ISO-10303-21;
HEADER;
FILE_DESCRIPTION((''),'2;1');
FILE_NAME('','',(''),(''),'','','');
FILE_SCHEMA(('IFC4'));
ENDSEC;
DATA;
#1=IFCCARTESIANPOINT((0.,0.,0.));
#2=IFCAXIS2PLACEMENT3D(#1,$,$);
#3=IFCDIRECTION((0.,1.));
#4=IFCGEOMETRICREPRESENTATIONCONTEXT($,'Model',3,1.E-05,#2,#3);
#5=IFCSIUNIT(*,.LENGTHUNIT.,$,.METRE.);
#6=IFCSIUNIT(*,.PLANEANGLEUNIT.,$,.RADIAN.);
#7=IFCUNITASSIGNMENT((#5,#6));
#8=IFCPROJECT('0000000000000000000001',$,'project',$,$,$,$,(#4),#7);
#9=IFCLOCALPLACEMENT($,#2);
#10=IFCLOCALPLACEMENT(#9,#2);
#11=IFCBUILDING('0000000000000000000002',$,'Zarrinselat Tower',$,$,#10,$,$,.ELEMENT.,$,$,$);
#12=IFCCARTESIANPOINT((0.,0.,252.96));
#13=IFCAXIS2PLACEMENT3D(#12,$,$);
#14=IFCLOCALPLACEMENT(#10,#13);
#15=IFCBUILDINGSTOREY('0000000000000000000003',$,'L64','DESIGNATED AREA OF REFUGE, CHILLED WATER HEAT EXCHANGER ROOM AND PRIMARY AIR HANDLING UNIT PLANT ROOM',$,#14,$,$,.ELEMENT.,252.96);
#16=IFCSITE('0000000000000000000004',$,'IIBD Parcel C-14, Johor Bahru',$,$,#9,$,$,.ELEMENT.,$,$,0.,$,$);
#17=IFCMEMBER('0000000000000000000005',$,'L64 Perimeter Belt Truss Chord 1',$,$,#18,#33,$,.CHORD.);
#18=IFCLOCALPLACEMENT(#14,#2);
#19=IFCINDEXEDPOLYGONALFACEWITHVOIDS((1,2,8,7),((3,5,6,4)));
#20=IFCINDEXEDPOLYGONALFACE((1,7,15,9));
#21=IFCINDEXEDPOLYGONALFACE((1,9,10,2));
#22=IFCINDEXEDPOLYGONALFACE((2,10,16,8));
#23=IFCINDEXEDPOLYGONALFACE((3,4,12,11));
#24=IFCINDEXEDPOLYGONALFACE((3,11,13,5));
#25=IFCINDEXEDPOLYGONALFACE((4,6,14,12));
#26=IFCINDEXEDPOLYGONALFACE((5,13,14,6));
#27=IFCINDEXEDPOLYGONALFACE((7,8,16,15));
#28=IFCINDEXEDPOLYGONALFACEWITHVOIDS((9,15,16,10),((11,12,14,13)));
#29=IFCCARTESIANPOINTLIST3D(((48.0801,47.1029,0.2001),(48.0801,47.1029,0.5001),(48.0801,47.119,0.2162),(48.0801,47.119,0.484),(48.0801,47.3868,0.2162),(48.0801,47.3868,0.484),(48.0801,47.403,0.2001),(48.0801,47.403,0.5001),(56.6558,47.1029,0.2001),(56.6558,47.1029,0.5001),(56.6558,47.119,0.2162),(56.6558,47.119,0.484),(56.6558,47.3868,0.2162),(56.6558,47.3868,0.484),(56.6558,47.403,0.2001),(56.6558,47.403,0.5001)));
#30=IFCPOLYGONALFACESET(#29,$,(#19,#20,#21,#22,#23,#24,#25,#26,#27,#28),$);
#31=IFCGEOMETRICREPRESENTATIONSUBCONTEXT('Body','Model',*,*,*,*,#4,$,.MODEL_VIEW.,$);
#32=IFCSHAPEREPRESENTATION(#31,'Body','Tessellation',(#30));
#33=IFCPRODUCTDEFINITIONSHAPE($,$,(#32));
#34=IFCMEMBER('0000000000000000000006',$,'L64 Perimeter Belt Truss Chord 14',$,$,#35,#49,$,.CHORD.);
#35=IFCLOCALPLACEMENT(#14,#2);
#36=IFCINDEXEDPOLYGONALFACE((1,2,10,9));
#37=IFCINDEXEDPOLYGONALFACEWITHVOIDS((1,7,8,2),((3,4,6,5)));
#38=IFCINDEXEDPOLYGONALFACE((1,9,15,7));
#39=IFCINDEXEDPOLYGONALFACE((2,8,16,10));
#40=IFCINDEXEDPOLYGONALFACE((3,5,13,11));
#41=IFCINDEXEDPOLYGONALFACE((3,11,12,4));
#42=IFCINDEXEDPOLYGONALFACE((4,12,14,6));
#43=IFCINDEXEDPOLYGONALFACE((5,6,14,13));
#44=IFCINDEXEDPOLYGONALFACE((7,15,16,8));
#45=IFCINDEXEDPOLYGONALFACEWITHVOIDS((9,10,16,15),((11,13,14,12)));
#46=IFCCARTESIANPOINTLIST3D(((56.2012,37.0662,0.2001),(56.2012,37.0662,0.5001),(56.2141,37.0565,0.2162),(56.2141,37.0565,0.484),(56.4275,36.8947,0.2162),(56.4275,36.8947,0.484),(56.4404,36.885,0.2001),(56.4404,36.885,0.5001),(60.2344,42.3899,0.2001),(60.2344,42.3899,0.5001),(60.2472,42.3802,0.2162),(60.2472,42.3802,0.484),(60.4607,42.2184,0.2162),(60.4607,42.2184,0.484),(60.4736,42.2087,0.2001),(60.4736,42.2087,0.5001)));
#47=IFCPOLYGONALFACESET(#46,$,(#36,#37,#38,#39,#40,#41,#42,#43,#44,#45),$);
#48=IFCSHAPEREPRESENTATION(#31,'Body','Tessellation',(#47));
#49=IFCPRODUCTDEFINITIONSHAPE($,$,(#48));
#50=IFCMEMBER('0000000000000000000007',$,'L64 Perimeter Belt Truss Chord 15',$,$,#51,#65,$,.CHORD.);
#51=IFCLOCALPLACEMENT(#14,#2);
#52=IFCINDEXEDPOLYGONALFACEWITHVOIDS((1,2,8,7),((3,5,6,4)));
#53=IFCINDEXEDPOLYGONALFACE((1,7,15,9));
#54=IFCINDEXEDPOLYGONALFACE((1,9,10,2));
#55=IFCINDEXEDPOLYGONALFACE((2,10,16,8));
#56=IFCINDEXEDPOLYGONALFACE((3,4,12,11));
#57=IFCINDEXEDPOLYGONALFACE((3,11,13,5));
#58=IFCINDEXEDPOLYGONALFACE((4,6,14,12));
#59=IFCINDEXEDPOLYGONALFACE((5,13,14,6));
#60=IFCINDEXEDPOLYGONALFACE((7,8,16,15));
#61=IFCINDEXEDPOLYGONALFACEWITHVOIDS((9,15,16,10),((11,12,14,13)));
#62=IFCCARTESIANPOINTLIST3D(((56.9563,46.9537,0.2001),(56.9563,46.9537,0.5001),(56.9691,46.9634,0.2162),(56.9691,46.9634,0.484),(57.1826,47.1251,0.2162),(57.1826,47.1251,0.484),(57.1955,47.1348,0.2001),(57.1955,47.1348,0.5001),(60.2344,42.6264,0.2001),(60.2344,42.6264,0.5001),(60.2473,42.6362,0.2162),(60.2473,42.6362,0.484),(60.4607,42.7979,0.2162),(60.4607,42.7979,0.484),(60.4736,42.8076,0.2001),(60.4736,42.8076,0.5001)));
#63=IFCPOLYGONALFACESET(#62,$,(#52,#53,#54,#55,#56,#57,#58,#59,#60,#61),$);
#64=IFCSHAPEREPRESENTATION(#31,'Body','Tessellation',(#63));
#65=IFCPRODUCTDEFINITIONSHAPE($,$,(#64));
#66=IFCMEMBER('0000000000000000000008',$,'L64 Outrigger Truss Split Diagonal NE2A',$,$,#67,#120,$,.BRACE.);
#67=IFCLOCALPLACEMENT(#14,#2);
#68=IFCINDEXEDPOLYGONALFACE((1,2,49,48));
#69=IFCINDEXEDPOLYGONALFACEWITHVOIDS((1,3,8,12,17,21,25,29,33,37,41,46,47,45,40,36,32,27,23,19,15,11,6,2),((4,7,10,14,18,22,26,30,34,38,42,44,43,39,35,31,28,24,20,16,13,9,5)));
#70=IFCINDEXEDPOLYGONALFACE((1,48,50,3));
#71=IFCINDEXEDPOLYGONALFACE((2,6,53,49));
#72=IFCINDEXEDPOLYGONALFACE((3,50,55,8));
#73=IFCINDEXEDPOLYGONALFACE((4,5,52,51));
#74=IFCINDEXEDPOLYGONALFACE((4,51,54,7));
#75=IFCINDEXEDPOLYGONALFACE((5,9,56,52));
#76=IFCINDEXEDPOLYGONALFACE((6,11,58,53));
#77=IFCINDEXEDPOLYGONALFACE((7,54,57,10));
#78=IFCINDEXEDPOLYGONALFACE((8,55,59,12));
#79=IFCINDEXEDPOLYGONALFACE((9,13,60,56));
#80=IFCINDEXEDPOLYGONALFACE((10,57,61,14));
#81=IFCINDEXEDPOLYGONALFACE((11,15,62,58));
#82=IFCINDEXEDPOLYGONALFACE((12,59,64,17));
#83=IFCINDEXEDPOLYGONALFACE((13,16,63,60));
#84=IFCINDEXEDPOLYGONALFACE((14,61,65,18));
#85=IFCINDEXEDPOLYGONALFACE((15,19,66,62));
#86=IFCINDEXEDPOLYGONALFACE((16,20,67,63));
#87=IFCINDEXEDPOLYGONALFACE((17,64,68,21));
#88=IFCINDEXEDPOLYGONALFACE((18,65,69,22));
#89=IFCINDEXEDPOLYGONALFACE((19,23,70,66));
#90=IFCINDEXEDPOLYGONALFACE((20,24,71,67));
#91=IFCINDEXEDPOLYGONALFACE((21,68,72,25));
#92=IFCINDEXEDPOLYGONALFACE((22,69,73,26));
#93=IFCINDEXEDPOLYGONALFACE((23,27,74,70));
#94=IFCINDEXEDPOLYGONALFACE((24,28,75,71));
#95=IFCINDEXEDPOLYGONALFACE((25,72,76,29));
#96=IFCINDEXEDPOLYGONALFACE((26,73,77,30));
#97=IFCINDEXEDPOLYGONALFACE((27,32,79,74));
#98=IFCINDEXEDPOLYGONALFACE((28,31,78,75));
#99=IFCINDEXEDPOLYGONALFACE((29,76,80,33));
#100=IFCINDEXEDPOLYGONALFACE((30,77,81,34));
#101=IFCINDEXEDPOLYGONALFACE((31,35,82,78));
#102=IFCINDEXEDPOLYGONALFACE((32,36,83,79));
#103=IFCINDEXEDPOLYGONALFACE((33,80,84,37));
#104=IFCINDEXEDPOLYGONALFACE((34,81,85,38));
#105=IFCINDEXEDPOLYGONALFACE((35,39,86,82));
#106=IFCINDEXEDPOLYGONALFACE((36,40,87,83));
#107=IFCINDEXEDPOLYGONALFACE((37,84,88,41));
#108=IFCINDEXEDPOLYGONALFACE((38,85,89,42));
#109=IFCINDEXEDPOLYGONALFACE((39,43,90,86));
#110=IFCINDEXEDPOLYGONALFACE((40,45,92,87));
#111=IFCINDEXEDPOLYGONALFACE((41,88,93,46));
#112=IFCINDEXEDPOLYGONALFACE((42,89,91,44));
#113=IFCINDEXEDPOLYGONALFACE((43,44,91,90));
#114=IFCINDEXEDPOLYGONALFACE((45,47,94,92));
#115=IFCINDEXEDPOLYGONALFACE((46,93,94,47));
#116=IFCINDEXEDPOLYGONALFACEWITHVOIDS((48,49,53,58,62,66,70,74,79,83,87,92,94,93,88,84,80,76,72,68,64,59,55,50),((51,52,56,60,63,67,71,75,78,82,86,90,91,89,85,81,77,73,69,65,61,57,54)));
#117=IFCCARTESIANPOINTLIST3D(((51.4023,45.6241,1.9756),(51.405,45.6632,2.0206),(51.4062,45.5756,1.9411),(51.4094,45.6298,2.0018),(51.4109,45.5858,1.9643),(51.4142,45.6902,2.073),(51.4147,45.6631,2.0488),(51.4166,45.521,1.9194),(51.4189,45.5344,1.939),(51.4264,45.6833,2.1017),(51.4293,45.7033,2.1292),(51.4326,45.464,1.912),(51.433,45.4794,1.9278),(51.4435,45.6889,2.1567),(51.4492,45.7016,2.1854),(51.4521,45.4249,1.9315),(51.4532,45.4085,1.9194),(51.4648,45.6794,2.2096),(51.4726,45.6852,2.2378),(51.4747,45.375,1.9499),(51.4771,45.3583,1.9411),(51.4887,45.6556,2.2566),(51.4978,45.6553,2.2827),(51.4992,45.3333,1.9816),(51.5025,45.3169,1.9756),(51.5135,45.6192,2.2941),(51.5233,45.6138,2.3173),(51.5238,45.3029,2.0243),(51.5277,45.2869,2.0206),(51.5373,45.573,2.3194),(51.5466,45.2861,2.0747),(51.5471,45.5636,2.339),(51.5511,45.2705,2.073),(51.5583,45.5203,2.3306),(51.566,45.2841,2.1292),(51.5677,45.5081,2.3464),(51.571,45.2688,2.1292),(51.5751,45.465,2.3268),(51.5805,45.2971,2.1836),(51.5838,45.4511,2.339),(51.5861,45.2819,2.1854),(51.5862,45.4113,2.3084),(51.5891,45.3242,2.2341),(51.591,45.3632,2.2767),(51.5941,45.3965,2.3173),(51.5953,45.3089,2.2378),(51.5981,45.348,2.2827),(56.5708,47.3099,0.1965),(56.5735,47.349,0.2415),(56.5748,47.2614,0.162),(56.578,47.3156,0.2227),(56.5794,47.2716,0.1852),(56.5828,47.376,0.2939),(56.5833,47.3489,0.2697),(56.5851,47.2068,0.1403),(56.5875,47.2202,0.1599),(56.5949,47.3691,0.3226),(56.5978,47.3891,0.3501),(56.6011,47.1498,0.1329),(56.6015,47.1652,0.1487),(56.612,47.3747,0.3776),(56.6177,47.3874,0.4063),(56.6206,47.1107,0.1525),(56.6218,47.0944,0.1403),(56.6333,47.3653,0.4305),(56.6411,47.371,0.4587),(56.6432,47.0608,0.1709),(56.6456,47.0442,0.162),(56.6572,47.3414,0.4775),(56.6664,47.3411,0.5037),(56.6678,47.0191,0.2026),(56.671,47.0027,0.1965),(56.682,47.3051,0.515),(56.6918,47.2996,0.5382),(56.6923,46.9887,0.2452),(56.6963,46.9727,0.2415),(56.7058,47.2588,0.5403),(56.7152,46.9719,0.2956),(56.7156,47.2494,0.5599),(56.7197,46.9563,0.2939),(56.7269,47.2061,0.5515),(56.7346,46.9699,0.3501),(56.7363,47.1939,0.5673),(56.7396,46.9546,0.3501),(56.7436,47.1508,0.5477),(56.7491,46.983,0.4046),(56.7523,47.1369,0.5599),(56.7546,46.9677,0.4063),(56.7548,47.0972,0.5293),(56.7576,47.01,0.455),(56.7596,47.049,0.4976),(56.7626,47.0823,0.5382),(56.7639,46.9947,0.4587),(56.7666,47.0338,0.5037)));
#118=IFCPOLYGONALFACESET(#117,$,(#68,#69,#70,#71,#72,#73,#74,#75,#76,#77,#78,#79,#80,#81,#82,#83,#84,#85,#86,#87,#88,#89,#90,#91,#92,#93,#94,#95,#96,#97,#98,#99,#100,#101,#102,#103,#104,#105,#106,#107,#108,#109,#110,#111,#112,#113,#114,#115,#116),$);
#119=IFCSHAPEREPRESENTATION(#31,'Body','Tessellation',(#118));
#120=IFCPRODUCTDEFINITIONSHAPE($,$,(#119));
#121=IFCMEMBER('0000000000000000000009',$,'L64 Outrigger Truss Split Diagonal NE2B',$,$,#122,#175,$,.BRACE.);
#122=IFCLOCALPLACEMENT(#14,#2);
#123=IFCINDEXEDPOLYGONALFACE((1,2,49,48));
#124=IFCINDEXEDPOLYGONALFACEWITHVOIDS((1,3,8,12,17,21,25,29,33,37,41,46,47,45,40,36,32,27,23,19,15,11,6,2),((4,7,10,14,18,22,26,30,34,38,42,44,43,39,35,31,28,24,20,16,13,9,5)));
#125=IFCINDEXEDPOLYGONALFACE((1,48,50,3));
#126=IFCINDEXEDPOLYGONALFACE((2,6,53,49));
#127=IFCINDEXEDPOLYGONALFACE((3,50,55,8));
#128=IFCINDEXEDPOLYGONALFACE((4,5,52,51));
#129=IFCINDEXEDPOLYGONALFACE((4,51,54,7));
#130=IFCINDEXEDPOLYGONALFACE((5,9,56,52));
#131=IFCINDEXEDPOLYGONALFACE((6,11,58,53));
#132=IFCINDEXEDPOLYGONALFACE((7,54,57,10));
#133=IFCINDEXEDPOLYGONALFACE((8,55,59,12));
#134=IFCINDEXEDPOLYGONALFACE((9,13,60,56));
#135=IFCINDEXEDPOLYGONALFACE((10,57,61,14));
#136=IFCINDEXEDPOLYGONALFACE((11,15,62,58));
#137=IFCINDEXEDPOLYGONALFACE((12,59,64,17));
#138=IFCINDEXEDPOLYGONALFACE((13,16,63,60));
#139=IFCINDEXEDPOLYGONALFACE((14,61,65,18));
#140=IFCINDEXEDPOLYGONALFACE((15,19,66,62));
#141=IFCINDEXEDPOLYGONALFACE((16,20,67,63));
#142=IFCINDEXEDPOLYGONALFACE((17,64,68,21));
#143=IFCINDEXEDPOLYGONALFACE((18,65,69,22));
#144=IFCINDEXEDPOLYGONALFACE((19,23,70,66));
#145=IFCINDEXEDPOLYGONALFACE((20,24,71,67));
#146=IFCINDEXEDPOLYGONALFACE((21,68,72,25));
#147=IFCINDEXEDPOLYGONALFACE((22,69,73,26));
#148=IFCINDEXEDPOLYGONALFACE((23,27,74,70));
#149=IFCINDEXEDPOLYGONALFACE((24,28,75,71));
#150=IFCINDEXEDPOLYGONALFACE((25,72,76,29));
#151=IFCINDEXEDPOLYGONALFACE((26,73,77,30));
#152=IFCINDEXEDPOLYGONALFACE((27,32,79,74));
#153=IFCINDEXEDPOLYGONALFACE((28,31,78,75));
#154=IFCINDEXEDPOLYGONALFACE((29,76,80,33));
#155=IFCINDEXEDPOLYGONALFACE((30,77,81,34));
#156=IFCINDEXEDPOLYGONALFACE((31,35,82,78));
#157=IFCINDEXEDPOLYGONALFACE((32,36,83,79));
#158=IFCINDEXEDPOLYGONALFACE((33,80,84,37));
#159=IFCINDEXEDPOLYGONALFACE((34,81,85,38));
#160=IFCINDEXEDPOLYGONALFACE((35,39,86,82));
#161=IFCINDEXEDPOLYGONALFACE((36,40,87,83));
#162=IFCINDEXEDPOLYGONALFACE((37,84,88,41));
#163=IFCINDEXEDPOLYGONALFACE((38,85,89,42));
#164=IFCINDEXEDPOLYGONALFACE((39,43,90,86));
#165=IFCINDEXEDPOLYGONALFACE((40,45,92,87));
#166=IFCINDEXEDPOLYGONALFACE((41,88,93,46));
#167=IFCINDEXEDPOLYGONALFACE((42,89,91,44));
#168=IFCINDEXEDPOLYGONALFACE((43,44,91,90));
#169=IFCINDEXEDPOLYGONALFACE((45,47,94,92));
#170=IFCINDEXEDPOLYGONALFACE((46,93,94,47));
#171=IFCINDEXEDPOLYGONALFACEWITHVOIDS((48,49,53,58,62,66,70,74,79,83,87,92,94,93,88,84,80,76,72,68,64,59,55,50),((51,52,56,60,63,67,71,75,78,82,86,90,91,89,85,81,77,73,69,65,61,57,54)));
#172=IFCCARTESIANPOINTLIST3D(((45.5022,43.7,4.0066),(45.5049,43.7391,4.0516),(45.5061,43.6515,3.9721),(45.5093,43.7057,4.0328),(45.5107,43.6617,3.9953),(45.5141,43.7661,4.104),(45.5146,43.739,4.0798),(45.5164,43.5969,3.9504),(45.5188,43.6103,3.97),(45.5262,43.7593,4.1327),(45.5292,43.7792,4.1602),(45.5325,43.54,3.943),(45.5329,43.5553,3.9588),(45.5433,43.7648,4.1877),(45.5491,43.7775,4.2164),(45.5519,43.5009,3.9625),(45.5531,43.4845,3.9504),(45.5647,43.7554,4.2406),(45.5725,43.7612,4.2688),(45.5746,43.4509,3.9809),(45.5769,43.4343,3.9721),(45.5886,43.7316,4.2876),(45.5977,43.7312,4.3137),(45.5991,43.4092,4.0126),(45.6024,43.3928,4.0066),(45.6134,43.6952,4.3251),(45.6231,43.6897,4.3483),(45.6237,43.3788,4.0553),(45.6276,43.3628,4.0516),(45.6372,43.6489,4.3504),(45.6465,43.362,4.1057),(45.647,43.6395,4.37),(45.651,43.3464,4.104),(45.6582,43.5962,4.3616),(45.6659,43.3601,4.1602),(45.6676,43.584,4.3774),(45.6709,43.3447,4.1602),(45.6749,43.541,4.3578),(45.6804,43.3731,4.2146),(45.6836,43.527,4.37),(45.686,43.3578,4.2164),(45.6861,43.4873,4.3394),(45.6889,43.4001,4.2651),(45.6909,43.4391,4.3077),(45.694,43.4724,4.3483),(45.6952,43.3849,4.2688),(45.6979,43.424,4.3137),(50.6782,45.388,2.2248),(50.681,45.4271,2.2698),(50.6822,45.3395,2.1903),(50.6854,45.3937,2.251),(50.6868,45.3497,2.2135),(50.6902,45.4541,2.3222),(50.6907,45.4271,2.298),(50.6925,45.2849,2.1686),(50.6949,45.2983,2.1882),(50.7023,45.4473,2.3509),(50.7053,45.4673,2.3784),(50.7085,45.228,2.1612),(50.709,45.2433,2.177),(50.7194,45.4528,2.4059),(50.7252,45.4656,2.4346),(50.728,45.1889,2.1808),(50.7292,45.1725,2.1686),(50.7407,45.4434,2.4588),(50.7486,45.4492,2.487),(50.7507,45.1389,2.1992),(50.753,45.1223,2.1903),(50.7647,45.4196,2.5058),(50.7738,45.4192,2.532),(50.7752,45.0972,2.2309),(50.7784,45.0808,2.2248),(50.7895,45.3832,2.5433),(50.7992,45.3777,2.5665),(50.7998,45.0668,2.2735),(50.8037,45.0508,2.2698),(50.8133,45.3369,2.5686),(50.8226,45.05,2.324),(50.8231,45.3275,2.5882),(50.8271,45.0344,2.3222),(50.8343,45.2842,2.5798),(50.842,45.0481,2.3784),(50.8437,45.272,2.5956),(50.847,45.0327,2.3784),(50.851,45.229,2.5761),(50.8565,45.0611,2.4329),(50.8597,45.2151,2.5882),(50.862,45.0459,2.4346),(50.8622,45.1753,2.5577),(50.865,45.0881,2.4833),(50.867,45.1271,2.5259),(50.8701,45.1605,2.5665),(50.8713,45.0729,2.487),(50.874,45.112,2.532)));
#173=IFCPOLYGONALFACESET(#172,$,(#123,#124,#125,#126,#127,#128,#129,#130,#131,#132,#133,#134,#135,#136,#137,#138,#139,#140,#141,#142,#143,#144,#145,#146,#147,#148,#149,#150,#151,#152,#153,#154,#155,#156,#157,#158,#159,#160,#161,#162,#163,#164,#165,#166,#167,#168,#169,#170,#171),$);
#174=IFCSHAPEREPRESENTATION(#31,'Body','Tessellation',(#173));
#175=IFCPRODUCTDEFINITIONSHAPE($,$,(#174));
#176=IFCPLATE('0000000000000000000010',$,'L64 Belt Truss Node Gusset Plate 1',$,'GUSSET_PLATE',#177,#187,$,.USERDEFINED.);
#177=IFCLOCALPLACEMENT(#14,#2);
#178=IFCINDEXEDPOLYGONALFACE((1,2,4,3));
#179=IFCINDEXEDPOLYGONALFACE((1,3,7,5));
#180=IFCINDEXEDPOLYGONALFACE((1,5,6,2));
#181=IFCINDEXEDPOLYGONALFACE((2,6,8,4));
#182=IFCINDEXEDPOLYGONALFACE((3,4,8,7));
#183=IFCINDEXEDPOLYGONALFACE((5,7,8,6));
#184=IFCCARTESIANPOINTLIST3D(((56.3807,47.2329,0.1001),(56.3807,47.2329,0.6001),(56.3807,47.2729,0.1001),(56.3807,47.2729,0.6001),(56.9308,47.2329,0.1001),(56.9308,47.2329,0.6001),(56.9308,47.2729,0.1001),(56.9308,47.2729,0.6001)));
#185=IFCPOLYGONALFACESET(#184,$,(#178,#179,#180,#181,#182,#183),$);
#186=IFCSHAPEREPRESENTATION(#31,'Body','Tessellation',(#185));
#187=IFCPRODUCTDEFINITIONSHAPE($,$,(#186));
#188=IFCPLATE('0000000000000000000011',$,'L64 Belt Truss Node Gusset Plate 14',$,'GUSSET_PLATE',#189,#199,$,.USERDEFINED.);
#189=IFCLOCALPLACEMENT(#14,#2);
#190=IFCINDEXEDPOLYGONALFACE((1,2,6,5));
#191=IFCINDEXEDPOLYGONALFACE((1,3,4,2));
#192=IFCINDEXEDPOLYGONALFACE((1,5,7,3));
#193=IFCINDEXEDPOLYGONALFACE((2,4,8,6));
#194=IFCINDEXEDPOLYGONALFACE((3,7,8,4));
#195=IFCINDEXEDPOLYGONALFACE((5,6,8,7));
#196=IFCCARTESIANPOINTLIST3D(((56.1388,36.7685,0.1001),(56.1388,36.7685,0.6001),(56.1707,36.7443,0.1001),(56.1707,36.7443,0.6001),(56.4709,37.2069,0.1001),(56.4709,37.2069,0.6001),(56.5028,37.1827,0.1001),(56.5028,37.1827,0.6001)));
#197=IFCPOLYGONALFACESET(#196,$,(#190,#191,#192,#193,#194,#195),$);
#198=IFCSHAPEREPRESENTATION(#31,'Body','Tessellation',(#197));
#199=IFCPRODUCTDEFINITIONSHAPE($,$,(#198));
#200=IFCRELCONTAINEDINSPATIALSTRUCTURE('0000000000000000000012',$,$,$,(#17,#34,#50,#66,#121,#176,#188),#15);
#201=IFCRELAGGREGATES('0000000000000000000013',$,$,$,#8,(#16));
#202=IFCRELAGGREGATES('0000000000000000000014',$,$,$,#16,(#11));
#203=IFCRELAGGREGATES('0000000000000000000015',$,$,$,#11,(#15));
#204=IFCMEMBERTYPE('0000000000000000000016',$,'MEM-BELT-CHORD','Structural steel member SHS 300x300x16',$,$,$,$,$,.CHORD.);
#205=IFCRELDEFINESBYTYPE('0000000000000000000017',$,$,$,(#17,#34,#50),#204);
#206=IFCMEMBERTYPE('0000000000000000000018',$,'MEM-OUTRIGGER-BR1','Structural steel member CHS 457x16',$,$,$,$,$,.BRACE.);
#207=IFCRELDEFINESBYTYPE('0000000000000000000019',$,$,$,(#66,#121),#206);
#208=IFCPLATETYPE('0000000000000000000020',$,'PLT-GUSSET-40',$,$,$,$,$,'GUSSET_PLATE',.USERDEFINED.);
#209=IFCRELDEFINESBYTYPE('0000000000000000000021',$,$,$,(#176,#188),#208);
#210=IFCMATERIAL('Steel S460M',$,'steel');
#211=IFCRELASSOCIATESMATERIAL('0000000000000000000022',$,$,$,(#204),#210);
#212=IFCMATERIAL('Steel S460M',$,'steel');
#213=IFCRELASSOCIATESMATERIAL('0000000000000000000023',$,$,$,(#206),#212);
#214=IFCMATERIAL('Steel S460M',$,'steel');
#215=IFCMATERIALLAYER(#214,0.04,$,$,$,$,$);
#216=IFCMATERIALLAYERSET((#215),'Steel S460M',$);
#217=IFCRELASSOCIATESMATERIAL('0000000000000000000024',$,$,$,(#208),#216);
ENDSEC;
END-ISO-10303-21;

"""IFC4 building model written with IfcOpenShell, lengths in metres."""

from ifc_helpers import new_model, si_unit, direction, frame, origin, origin_2d, place, context, subcontext, project, spatial, rectangle, hollow_rectangle, hollow_circle, extrude, material, layer, layer_set, material_profile, profile_set, type_object, element, save


model = new_model("IFC4")

# Units and contexts
model_context = context("Model", 3, precision=1e-05, world=origin(), true_north=direction((0.0, 1.0)))
body_context = subcontext(model_context, "Body", "Model", "MODEL_VIEW")
ifc_project = project(units=[si_unit("LENGTHUNIT", "METRE"), si_unit("PLANEANGLEUNIT", "RADIAN")], contexts=[model_context])

# Site, building, storey
site_placement = place(None, origin())
site = spatial("IfcSite", under=ifc_project, at=site_placement, Name="IIBD Parcel C-14, Johor Bahru", CompositionType="ELEMENT", RefElevation=0.0)
building_placement = place(site_placement, origin())
building = spatial("IfcBuilding", under=site, at=building_placement, Name="Zarrinselat Tower", CompositionType="ELEMENT")
storey_placement = place(building_placement, frame((0.0, 0.0, 252.96)))
storey = spatial("IfcBuildingStorey", under=building, at=storey_placement, Name="L64", Description="DESIGNATED AREA OF REFUGE, CHILLED WATER HEAT EXCHANGER ROOM AND PRIMARY AIR HANDLING UNIT PLANT ROOM", CompositionType="ELEMENT", Elevation=252.96)

# Members
ifc_material_1 = material(Name="Steel S460M", Category="steel")
ifc_material_profile_1 = material_profile(ifc_material_1, hollow_rectangle(XDim=0.3, YDim=0.3, WallThickness=0.0161, at=origin_2d()), Name="SHS 300x300x16")
ifc_profile_set_1 = profile_set([ifc_material_profile_1], Name="Steel S460M")
member_type_1 = type_object("IfcMemberType", Name="MEM-BELT-CHORD", Description="Structural steel member SHS 300x300x16", PredefinedType="CHORD", material=ifc_profile_set_1)
member_1_placement = place(storey_placement, frame((56.6558, 47.2529, 0.3501), z_axis=(-1.0, 0.0, 0.0), x_axis=(0.0, -1.0, 0.0)))
element("IfcMember", 1, at=member_1_placement, inside=storey, type_object=member_type_1, Name="L64 Perimeter Belt Truss Chord 1", PredefinedType="CHORD", context=body_context, shape_type="SweptSolid", body=[
    extrude(hollow_rectangle(XDim=0.3, YDim=0.3, WallThickness=0.0161, at=origin_2d()), origin(), (0.0, 0.0, 1.0), 8.5757),
])
member_2_placement = place(storey_placement, frame((56.3208, 36.9756, 0.3501), z_axis=(0.603865, 0.797087, 0.0), x_axis=(-0.797087, 0.603865, 0.0)))
element("IfcMember", 2, at=member_2_placement, inside=storey, type_object=member_type_1, Name="L64 Perimeter Belt Truss Chord 14", PredefinedType="CHORD", context=body_context, shape_type="SweptSolid", body=[
    extrude(hollow_rectangle(XDim=0.3, YDim=0.3, WallThickness=0.0161, at=origin_2d()), origin(), (0.0, 0.0, 1.0), 6.679),
])
member_3_placement = place(storey_placement, frame((60.354, 42.717, 0.3501), z_axis=(-0.60385, 0.797098, 0.0), x_axis=(-0.797098, -0.60385, 0.0)))
element("IfcMember", 3, at=member_3_placement, inside=storey, type_object=member_type_1, Name="L64 Perimeter Belt Truss Chord 15", PredefinedType="CHORD", context=body_context, shape_type="SweptSolid", body=[
    extrude(hollow_rectangle(XDim=0.3, YDim=0.3, WallThickness=0.0161, at=origin_2d()), origin(), (0.0, 0.0, 1.0), 5.4287),
])
ifc_material_2 = material(Name="Steel S460M", Category="steel")
ifc_material_profile_2 = material_profile(ifc_material_2, hollow_circle(Radius=0.2285, WallThickness=0.0161, at=origin_2d()), Name="CHS 457x16")
ifc_profile_set_2 = profile_set([ifc_material_profile_2], Name="Steel S460M")
member_type_2 = type_object("IfcMemberType", Name="MEM-OUTRIGGER-BR1", Description="Structural steel member CHS 457x16", PredefinedType="BRACE", material=ifc_profile_set_2)
member_4_placement = place(storey_placement, frame((56.6687, 47.1719, 0.3501), z_axis=(-0.903556, -0.294712, 0.311016), x_axis=(0.310091, -0.950707, 0.0)))
element("IfcMember", 4, at=member_4_placement, inside=storey, type_object=member_type_2, Name="L64 Outrigger Truss Split Diagonal NE2A", PredefinedType="BRACE", context=body_context, shape_type="SweptSolid", body=[
    extrude(hollow_circle(Radius=0.2285, WallThickness=0.0161, at=origin_2d()), origin(), (0.0, 0.0, 1.0), 5.7202),
])
member_5_placement = place(storey_placement, frame((50.7761, 45.25, 2.3784), z_axis=(-0.903565, -0.294668, 0.311033), x_axis=(0.310046, -0.950722, 0.0)))
element("IfcMember", 5, at=member_5_placement, inside=storey, type_object=member_type_2, Name="L64 Outrigger Truss Split Diagonal NE2B", PredefinedType="BRACE", context=body_context, shape_type="SweptSolid", body=[
    extrude(hollow_circle(Radius=0.2285, WallThickness=0.0161, at=origin_2d()), origin(), (0.0, 0.0, 1.0), 5.7285),
])

# Plates
ifc_material_3 = material(Name="Steel S460M", Category="steel")
ifc_layer_1 = layer(ifc_material_3, 0.04)
ifc_layer_set_1 = layer_set([ifc_layer_1], Name="Steel S460M")
plate_type = type_object("IfcPlateType", Name="PLT-GUSSET-40", ElementType="GUSSET_PLATE", PredefinedType="USERDEFINED", material=ifc_layer_set_1)
for number, where, z_axis, x_axis, name in (
    (6, (56.6558, 47.2529, 0.1001), (0.0, 0.0, 1.0), (-1.0, 0.0, 0.0), "L64 Belt Truss Node Gusset Plate 1"),
    (7, (56.3208, 36.9756, 0.1001), (0.0, 0.0, 1.0), (0.603856, 0.797093, 0.0), "L64 Belt Truss Node Gusset Plate 14"),
):
    element("IfcPlate", number, at=place(storey_placement, frame(where, z_axis=z_axis, x_axis=x_axis)), inside=storey, type_object=plate_type, Name=name, ObjectType="GUSSET_PLATE", PredefinedType="USERDEFINED", context=body_context, shape_type="SweptSolid", body=[
        extrude(rectangle(XDim=0.55, YDim=0.04, at=origin_2d()), origin(), (0.0, 0.0, 1.0), 0.5),
    ])

save(model, "model.ifc")
